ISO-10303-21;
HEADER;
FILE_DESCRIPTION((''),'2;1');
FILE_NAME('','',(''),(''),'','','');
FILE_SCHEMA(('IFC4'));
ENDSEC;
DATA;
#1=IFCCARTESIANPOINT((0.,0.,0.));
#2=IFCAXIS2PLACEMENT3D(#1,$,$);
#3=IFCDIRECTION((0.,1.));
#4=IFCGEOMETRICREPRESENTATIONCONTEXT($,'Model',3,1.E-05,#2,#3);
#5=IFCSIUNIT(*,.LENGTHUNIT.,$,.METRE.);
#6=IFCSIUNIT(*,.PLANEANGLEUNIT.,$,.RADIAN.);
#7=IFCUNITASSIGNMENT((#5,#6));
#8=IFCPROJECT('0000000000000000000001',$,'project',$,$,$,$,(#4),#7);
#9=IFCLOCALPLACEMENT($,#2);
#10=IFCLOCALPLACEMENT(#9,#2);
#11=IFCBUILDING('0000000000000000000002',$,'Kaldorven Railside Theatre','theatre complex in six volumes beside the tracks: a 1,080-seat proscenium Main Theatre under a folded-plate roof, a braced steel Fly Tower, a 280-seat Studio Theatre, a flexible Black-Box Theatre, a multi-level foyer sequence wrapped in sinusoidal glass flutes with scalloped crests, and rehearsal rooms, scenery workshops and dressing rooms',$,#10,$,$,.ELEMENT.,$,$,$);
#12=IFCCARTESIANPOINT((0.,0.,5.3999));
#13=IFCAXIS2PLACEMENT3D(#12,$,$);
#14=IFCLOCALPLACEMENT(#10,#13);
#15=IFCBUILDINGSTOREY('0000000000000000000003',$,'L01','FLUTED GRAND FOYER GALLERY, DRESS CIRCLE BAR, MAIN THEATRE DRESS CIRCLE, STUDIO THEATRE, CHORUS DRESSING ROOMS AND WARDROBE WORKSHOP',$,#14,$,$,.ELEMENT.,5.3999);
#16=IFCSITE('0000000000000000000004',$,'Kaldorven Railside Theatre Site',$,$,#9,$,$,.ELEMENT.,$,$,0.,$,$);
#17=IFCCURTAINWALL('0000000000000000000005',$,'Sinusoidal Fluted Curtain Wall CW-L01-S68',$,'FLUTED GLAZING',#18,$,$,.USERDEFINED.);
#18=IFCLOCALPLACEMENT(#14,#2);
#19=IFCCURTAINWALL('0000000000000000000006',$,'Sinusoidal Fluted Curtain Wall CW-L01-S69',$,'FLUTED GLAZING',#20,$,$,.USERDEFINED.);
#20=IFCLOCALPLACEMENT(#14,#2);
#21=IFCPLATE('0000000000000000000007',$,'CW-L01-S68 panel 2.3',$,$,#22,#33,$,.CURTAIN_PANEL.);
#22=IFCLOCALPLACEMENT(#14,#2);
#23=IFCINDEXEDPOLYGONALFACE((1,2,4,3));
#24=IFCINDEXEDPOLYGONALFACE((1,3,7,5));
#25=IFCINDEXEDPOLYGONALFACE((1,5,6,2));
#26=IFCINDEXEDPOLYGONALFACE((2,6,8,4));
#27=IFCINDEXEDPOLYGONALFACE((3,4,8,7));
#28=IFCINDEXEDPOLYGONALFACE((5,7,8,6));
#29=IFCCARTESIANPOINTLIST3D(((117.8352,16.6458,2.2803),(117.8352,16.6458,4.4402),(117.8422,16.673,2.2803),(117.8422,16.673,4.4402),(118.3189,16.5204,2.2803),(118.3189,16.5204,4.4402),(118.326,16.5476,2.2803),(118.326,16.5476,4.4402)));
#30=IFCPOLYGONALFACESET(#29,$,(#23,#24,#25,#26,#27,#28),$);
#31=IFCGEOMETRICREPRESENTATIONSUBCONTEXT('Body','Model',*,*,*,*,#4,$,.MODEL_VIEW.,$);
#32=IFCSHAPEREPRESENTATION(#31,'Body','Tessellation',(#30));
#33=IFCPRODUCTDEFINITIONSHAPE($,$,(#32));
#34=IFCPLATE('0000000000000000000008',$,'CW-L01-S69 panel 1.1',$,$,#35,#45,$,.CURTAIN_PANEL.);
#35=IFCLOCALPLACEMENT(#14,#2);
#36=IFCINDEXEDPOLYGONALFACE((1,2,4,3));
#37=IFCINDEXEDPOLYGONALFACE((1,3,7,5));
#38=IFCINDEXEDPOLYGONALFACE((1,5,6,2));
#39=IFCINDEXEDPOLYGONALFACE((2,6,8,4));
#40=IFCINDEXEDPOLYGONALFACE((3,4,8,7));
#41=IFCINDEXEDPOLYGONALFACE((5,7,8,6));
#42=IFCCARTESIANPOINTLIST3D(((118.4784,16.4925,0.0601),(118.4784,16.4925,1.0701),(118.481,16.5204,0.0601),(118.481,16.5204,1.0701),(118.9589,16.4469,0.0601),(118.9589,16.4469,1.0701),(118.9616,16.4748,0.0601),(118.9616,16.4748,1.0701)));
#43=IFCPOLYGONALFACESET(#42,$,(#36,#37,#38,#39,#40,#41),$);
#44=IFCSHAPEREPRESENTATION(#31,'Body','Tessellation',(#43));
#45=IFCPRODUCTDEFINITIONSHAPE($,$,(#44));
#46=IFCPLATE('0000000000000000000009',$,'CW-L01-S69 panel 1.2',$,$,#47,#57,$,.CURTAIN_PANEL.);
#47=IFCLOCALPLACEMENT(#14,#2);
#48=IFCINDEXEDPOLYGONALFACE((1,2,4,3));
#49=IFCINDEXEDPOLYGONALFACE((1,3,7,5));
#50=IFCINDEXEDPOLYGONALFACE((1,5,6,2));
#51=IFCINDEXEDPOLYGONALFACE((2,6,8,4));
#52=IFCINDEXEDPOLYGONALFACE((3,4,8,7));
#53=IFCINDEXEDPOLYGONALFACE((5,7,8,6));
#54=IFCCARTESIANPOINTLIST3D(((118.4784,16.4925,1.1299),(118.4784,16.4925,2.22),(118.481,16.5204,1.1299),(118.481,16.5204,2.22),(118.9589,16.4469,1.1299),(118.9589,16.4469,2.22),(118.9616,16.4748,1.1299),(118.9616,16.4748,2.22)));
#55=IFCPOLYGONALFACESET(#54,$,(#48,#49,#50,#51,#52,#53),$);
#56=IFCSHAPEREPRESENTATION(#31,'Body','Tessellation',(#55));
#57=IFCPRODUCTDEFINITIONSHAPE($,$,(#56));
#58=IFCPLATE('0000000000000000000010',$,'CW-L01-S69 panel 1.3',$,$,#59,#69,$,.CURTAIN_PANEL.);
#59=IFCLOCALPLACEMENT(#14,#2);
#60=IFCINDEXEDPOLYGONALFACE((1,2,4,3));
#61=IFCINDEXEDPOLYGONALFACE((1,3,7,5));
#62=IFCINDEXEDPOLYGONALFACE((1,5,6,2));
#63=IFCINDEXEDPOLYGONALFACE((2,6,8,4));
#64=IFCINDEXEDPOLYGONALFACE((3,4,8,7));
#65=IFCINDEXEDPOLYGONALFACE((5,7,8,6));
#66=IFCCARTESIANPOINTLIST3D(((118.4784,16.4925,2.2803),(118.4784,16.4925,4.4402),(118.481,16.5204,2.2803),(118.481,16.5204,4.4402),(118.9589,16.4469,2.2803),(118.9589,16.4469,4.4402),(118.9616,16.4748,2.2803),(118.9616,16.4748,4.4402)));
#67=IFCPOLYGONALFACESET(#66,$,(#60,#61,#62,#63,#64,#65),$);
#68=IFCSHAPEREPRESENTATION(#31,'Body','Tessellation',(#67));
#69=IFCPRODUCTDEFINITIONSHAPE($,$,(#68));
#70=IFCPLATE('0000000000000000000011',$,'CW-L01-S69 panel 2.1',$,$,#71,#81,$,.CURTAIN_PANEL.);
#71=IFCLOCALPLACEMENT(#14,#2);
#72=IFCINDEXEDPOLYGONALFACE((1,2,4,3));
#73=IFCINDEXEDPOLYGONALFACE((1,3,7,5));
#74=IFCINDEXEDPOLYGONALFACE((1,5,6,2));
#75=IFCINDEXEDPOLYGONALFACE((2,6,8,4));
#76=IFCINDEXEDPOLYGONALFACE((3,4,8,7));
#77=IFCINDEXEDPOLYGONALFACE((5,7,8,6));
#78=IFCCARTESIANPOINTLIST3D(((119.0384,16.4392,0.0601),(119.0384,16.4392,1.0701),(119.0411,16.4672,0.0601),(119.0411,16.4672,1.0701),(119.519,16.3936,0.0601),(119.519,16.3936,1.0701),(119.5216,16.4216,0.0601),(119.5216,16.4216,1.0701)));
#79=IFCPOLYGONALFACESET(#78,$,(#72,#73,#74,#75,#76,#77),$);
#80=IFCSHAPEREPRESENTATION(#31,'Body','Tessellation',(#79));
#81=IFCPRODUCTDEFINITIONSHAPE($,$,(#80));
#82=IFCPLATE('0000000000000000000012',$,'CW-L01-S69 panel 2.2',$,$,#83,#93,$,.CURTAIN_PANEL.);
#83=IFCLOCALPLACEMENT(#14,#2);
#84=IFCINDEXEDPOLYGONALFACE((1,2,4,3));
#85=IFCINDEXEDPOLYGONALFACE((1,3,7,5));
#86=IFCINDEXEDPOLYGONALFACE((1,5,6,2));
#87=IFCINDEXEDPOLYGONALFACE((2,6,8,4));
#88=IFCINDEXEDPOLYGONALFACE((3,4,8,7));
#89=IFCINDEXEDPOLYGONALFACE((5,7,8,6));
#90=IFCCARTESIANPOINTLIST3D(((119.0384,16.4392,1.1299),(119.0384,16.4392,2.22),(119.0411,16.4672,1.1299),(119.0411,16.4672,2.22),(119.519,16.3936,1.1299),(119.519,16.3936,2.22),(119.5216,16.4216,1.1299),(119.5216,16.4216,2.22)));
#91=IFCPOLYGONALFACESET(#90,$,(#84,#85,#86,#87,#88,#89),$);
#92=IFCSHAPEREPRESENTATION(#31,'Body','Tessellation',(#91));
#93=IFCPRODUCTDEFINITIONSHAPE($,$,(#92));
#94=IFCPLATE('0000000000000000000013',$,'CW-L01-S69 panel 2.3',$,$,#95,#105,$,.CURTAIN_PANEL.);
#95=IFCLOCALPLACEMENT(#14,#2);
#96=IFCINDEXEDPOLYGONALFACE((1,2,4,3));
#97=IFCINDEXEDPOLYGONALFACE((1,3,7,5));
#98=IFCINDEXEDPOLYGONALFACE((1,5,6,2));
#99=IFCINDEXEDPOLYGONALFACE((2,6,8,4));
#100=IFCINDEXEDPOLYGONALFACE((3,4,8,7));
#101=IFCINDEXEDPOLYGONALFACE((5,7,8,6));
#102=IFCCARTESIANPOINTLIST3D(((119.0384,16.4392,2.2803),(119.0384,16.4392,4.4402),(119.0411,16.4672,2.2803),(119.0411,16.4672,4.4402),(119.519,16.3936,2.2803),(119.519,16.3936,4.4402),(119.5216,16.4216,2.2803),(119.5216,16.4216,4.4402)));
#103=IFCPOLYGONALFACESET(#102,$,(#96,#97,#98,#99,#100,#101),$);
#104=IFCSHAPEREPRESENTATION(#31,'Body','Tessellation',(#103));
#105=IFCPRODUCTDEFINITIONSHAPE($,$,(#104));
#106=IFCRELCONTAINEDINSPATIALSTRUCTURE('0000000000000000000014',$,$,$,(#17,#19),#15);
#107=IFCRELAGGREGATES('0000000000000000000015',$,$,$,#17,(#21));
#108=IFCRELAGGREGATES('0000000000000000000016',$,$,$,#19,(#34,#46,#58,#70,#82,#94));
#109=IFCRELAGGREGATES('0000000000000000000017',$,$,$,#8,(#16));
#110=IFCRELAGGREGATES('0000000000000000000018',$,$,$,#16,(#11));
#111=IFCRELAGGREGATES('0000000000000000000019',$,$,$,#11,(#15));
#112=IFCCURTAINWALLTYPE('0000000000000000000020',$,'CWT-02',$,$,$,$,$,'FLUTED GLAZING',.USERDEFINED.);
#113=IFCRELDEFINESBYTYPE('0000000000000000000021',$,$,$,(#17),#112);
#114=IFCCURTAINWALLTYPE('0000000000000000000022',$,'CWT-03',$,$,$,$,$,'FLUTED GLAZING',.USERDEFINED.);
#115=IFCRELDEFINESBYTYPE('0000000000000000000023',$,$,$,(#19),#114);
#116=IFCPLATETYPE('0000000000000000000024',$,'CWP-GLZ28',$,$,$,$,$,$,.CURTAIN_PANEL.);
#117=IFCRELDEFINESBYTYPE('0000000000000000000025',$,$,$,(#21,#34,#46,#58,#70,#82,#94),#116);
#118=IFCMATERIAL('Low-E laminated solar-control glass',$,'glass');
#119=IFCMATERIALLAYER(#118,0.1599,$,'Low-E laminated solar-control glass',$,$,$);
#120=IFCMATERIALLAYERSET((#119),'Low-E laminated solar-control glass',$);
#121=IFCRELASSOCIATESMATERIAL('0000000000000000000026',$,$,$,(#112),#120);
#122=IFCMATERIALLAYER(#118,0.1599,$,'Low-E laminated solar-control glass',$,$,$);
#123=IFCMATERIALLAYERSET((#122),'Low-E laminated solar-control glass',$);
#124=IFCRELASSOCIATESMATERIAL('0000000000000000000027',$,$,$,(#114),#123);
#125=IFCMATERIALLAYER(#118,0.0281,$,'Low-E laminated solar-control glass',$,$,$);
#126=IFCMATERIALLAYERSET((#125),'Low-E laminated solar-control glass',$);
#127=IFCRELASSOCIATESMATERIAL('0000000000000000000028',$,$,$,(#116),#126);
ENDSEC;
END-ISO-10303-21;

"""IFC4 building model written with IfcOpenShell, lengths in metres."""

from ifc_helpers import new_model, si_unit, direction, frame, origin, origin_2d, place, context, subcontext, project, spatial, rectangle, extrude, material, layer, layer_set, type_object, element, aggregate, save


model = new_model("IFC4")

# Units and contexts
model_context = context("Model", 3, precision=1e-05, world=origin(), true_north=direction((0.0, 1.0)))
body_context = subcontext(model_context, "Body", "Model", "MODEL_VIEW")
ifc_project = project(units=[si_unit("LENGTHUNIT", "METRE"), si_unit("PLANEANGLEUNIT", "RADIAN")], contexts=[model_context])

# Site, building, storey
site_placement = place(None, origin())
site = spatial("IfcSite", under=ifc_project, at=site_placement, Name="Kaldorven Railside Theatre Site", CompositionType="ELEMENT", RefElevation=0.0)
building_placement = place(site_placement, origin())
building = spatial("IfcBuilding", under=site, at=building_placement, Name="Kaldorven Railside Theatre", Description="theatre complex in six volumes beside the tracks: a 1,080-seat proscenium Main Theatre under a folded-plate roof, a braced steel Fly Tower, a 280-seat Studio Theatre, a flexible Black-Box Theatre, a multi-level foyer sequence wrapped in sinusoidal glass flutes with scalloped crests, and rehearsal rooms, scenery workshops and dressing rooms", CompositionType="ELEMENT")
storey_placement = place(building_placement, frame((0.0, 0.0, 5.3999)))
storey = spatial("IfcBuildingStorey", under=building, at=storey_placement, Name="L01", Description="FLUTED GRAND FOYER GALLERY, DRESS CIRCLE BAR, MAIN THEATRE DRESS CIRCLE, STUDIO THEATRE, CHORUS DRESSING ROOMS AND WARDROBE WORKSHOP", CompositionType="ELEMENT", Elevation=5.3999)

# Curtain walls
ifc_material_1 = material(Name="Low-E laminated solar-control glass", Category="glass")
ifc_layer_1 = layer(ifc_material_1, 0.1599, Name="Low-E laminated solar-control glass")
ifc_layer_set_1 = layer_set([ifc_layer_1], Name="Low-E laminated solar-control glass")
curtain_wall_type_1 = type_object("IfcCurtainWallType", Name="CWT-02", ElementType="FLUTED GLAZING", PredefinedType="USERDEFINED", material=ifc_layer_set_1)
curtain_wall_1_placement = place(storey_placement, origin())
curtain_wall_1 = element("IfcCurtainWall", 1, at=curtain_wall_1_placement, inside=storey, type_object=curtain_wall_type_1, Name="Sinusoidal Fluted Curtain Wall CW-L01-S68", ObjectType="FLUTED GLAZING", PredefinedType="USERDEFINED")
ifc_layer_2 = layer(ifc_material_1, 0.1599, Name="Low-E laminated solar-control glass")
ifc_layer_set_2 = layer_set([ifc_layer_2], Name="Low-E laminated solar-control glass")
curtain_wall_type_2 = type_object("IfcCurtainWallType", Name="CWT-03", ElementType="FLUTED GLAZING", PredefinedType="USERDEFINED", material=ifc_layer_set_2)
curtain_wall_2_placement = place(storey_placement, origin())
curtain_wall_2 = element("IfcCurtainWall", 2, at=curtain_wall_2_placement, inside=storey, type_object=curtain_wall_type_2, Name="Sinusoidal Fluted Curtain Wall CW-L01-S69", ObjectType="FLUTED GLAZING", PredefinedType="USERDEFINED")

# Plates
ifc_layer_3 = layer(ifc_material_1, 0.0281, Name="Low-E laminated solar-control glass")
ifc_layer_set_3 = layer_set([ifc_layer_3], Name="Low-E laminated solar-control glass")
plate_type = type_object("IfcPlateType", Name="CWP-GLZ28", PredefinedType="CURTAIN_PANEL", material=ifc_layer_set_3)
plate_1_placement = place(storey_placement, frame((118.0806, 16.5967, 2.2803), z_axis=(0.0, 0.0, 1.0), x_axis=(0.967999, -0.250954, 0.0)))
plate_1 = element("IfcPlate", 3, at=plate_1_placement, type_object=plate_type, Name="CW-L01-S68 panel 2.3", PredefinedType="CURTAIN_PANEL", context=body_context, shape_type="SweptSolid", body=[
    extrude(rectangle(XDim=0.4998, YDim=0.0281, at=origin_2d()), origin(), (0.0, 0.0, 1.0), 2.1599),
])
aggregate(curtain_wall_1, [plate_1])
plate_2_placement = place(storey_placement, frame((118.72, 16.4836, 0.0601), z_axis=(0.0, 0.0, 1.0), x_axis=(0.995526, -0.094492, 0.0)))
plate_2 = element("IfcPlate", 4, at=plate_2_placement, type_object=plate_type, Name="CW-L01-S69 panel 1.1", PredefinedType="CURTAIN_PANEL", context=body_context, shape_type="SweptSolid", body=[
    extrude(rectangle(XDim=0.4827, YDim=0.0281, at=origin_2d()), origin(), (0.0, 0.0, 1.0), 1.01),
])
plate_3_placement = place(storey_placement, frame((118.72, 16.4836, 1.1299), z_axis=(0.0, 0.0, 1.0), x_axis=(0.995526, -0.094492, 0.0)))
plate_3 = element("IfcPlate", 5, at=plate_3_placement, type_object=plate_type, Name="CW-L01-S69 panel 1.2", PredefinedType="CURTAIN_PANEL", context=body_context, shape_type="SweptSolid", body=[
    extrude(rectangle(XDim=0.4827, YDim=0.0281, at=origin_2d()), origin(), (0.0, 0.0, 1.0), 1.0901),
])
plate_4_placement = place(storey_placement, frame((118.72, 16.4836, 2.2803), z_axis=(0.0, 0.0, 1.0), x_axis=(0.995526, -0.094492, 0.0)))
plate_4 = element("IfcPlate", 6, at=plate_4_placement, type_object=plate_type, Name="CW-L01-S69 panel 1.3", PredefinedType="CURTAIN_PANEL", context=body_context, shape_type="SweptSolid", body=[
    extrude(rectangle(XDim=0.4827, YDim=0.0281, at=origin_2d()), origin(), (0.0, 0.0, 1.0), 2.1599),
])
plate_5_placement = place(storey_placement, frame((119.28, 16.4304, 0.0601), z_axis=(0.0, 0.0, 1.0), x_axis=(0.995526, -0.094492, 0.0)))
plate_5 = element("IfcPlate", 7, at=plate_5_placement, type_object=plate_type, Name="CW-L01-S69 panel 2.1", PredefinedType="CURTAIN_PANEL", context=body_context, shape_type="SweptSolid", body=[
    extrude(rectangle(XDim=0.4827, YDim=0.0281, at=origin_2d()), origin(), (0.0, 0.0, 1.0), 1.01),
])
plate_6_placement = place(storey_placement, frame((119.28, 16.4304, 1.1299), z_axis=(0.0, 0.0, 1.0), x_axis=(0.995526, -0.094492, 0.0)))
plate_6 = element("IfcPlate", 8, at=plate_6_placement, type_object=plate_type, Name="CW-L01-S69 panel 2.2", PredefinedType="CURTAIN_PANEL", context=body_context, shape_type="SweptSolid", body=[
    extrude(rectangle(XDim=0.4827, YDim=0.0281, at=origin_2d()), origin(), (0.0, 0.0, 1.0), 1.0901),
])
plate_7_placement = place(storey_placement, frame((119.28, 16.4304, 2.2803), z_axis=(0.0, 0.0, 1.0), x_axis=(0.995526, -0.094492, 0.0)))
plate_7 = element("IfcPlate", 9, at=plate_7_placement, type_object=plate_type, Name="CW-L01-S69 panel 2.3", PredefinedType="CURTAIN_PANEL", context=body_context, shape_type="SweptSolid", body=[
    extrude(rectangle(XDim=0.4827, YDim=0.0281, at=origin_2d()), origin(), (0.0, 0.0, 1.0), 2.1599),
])
aggregate(curtain_wall_2, [plate_2, plate_3, plate_4, plate_5, plate_6, plate_7])

save(model, "model.ifc")
